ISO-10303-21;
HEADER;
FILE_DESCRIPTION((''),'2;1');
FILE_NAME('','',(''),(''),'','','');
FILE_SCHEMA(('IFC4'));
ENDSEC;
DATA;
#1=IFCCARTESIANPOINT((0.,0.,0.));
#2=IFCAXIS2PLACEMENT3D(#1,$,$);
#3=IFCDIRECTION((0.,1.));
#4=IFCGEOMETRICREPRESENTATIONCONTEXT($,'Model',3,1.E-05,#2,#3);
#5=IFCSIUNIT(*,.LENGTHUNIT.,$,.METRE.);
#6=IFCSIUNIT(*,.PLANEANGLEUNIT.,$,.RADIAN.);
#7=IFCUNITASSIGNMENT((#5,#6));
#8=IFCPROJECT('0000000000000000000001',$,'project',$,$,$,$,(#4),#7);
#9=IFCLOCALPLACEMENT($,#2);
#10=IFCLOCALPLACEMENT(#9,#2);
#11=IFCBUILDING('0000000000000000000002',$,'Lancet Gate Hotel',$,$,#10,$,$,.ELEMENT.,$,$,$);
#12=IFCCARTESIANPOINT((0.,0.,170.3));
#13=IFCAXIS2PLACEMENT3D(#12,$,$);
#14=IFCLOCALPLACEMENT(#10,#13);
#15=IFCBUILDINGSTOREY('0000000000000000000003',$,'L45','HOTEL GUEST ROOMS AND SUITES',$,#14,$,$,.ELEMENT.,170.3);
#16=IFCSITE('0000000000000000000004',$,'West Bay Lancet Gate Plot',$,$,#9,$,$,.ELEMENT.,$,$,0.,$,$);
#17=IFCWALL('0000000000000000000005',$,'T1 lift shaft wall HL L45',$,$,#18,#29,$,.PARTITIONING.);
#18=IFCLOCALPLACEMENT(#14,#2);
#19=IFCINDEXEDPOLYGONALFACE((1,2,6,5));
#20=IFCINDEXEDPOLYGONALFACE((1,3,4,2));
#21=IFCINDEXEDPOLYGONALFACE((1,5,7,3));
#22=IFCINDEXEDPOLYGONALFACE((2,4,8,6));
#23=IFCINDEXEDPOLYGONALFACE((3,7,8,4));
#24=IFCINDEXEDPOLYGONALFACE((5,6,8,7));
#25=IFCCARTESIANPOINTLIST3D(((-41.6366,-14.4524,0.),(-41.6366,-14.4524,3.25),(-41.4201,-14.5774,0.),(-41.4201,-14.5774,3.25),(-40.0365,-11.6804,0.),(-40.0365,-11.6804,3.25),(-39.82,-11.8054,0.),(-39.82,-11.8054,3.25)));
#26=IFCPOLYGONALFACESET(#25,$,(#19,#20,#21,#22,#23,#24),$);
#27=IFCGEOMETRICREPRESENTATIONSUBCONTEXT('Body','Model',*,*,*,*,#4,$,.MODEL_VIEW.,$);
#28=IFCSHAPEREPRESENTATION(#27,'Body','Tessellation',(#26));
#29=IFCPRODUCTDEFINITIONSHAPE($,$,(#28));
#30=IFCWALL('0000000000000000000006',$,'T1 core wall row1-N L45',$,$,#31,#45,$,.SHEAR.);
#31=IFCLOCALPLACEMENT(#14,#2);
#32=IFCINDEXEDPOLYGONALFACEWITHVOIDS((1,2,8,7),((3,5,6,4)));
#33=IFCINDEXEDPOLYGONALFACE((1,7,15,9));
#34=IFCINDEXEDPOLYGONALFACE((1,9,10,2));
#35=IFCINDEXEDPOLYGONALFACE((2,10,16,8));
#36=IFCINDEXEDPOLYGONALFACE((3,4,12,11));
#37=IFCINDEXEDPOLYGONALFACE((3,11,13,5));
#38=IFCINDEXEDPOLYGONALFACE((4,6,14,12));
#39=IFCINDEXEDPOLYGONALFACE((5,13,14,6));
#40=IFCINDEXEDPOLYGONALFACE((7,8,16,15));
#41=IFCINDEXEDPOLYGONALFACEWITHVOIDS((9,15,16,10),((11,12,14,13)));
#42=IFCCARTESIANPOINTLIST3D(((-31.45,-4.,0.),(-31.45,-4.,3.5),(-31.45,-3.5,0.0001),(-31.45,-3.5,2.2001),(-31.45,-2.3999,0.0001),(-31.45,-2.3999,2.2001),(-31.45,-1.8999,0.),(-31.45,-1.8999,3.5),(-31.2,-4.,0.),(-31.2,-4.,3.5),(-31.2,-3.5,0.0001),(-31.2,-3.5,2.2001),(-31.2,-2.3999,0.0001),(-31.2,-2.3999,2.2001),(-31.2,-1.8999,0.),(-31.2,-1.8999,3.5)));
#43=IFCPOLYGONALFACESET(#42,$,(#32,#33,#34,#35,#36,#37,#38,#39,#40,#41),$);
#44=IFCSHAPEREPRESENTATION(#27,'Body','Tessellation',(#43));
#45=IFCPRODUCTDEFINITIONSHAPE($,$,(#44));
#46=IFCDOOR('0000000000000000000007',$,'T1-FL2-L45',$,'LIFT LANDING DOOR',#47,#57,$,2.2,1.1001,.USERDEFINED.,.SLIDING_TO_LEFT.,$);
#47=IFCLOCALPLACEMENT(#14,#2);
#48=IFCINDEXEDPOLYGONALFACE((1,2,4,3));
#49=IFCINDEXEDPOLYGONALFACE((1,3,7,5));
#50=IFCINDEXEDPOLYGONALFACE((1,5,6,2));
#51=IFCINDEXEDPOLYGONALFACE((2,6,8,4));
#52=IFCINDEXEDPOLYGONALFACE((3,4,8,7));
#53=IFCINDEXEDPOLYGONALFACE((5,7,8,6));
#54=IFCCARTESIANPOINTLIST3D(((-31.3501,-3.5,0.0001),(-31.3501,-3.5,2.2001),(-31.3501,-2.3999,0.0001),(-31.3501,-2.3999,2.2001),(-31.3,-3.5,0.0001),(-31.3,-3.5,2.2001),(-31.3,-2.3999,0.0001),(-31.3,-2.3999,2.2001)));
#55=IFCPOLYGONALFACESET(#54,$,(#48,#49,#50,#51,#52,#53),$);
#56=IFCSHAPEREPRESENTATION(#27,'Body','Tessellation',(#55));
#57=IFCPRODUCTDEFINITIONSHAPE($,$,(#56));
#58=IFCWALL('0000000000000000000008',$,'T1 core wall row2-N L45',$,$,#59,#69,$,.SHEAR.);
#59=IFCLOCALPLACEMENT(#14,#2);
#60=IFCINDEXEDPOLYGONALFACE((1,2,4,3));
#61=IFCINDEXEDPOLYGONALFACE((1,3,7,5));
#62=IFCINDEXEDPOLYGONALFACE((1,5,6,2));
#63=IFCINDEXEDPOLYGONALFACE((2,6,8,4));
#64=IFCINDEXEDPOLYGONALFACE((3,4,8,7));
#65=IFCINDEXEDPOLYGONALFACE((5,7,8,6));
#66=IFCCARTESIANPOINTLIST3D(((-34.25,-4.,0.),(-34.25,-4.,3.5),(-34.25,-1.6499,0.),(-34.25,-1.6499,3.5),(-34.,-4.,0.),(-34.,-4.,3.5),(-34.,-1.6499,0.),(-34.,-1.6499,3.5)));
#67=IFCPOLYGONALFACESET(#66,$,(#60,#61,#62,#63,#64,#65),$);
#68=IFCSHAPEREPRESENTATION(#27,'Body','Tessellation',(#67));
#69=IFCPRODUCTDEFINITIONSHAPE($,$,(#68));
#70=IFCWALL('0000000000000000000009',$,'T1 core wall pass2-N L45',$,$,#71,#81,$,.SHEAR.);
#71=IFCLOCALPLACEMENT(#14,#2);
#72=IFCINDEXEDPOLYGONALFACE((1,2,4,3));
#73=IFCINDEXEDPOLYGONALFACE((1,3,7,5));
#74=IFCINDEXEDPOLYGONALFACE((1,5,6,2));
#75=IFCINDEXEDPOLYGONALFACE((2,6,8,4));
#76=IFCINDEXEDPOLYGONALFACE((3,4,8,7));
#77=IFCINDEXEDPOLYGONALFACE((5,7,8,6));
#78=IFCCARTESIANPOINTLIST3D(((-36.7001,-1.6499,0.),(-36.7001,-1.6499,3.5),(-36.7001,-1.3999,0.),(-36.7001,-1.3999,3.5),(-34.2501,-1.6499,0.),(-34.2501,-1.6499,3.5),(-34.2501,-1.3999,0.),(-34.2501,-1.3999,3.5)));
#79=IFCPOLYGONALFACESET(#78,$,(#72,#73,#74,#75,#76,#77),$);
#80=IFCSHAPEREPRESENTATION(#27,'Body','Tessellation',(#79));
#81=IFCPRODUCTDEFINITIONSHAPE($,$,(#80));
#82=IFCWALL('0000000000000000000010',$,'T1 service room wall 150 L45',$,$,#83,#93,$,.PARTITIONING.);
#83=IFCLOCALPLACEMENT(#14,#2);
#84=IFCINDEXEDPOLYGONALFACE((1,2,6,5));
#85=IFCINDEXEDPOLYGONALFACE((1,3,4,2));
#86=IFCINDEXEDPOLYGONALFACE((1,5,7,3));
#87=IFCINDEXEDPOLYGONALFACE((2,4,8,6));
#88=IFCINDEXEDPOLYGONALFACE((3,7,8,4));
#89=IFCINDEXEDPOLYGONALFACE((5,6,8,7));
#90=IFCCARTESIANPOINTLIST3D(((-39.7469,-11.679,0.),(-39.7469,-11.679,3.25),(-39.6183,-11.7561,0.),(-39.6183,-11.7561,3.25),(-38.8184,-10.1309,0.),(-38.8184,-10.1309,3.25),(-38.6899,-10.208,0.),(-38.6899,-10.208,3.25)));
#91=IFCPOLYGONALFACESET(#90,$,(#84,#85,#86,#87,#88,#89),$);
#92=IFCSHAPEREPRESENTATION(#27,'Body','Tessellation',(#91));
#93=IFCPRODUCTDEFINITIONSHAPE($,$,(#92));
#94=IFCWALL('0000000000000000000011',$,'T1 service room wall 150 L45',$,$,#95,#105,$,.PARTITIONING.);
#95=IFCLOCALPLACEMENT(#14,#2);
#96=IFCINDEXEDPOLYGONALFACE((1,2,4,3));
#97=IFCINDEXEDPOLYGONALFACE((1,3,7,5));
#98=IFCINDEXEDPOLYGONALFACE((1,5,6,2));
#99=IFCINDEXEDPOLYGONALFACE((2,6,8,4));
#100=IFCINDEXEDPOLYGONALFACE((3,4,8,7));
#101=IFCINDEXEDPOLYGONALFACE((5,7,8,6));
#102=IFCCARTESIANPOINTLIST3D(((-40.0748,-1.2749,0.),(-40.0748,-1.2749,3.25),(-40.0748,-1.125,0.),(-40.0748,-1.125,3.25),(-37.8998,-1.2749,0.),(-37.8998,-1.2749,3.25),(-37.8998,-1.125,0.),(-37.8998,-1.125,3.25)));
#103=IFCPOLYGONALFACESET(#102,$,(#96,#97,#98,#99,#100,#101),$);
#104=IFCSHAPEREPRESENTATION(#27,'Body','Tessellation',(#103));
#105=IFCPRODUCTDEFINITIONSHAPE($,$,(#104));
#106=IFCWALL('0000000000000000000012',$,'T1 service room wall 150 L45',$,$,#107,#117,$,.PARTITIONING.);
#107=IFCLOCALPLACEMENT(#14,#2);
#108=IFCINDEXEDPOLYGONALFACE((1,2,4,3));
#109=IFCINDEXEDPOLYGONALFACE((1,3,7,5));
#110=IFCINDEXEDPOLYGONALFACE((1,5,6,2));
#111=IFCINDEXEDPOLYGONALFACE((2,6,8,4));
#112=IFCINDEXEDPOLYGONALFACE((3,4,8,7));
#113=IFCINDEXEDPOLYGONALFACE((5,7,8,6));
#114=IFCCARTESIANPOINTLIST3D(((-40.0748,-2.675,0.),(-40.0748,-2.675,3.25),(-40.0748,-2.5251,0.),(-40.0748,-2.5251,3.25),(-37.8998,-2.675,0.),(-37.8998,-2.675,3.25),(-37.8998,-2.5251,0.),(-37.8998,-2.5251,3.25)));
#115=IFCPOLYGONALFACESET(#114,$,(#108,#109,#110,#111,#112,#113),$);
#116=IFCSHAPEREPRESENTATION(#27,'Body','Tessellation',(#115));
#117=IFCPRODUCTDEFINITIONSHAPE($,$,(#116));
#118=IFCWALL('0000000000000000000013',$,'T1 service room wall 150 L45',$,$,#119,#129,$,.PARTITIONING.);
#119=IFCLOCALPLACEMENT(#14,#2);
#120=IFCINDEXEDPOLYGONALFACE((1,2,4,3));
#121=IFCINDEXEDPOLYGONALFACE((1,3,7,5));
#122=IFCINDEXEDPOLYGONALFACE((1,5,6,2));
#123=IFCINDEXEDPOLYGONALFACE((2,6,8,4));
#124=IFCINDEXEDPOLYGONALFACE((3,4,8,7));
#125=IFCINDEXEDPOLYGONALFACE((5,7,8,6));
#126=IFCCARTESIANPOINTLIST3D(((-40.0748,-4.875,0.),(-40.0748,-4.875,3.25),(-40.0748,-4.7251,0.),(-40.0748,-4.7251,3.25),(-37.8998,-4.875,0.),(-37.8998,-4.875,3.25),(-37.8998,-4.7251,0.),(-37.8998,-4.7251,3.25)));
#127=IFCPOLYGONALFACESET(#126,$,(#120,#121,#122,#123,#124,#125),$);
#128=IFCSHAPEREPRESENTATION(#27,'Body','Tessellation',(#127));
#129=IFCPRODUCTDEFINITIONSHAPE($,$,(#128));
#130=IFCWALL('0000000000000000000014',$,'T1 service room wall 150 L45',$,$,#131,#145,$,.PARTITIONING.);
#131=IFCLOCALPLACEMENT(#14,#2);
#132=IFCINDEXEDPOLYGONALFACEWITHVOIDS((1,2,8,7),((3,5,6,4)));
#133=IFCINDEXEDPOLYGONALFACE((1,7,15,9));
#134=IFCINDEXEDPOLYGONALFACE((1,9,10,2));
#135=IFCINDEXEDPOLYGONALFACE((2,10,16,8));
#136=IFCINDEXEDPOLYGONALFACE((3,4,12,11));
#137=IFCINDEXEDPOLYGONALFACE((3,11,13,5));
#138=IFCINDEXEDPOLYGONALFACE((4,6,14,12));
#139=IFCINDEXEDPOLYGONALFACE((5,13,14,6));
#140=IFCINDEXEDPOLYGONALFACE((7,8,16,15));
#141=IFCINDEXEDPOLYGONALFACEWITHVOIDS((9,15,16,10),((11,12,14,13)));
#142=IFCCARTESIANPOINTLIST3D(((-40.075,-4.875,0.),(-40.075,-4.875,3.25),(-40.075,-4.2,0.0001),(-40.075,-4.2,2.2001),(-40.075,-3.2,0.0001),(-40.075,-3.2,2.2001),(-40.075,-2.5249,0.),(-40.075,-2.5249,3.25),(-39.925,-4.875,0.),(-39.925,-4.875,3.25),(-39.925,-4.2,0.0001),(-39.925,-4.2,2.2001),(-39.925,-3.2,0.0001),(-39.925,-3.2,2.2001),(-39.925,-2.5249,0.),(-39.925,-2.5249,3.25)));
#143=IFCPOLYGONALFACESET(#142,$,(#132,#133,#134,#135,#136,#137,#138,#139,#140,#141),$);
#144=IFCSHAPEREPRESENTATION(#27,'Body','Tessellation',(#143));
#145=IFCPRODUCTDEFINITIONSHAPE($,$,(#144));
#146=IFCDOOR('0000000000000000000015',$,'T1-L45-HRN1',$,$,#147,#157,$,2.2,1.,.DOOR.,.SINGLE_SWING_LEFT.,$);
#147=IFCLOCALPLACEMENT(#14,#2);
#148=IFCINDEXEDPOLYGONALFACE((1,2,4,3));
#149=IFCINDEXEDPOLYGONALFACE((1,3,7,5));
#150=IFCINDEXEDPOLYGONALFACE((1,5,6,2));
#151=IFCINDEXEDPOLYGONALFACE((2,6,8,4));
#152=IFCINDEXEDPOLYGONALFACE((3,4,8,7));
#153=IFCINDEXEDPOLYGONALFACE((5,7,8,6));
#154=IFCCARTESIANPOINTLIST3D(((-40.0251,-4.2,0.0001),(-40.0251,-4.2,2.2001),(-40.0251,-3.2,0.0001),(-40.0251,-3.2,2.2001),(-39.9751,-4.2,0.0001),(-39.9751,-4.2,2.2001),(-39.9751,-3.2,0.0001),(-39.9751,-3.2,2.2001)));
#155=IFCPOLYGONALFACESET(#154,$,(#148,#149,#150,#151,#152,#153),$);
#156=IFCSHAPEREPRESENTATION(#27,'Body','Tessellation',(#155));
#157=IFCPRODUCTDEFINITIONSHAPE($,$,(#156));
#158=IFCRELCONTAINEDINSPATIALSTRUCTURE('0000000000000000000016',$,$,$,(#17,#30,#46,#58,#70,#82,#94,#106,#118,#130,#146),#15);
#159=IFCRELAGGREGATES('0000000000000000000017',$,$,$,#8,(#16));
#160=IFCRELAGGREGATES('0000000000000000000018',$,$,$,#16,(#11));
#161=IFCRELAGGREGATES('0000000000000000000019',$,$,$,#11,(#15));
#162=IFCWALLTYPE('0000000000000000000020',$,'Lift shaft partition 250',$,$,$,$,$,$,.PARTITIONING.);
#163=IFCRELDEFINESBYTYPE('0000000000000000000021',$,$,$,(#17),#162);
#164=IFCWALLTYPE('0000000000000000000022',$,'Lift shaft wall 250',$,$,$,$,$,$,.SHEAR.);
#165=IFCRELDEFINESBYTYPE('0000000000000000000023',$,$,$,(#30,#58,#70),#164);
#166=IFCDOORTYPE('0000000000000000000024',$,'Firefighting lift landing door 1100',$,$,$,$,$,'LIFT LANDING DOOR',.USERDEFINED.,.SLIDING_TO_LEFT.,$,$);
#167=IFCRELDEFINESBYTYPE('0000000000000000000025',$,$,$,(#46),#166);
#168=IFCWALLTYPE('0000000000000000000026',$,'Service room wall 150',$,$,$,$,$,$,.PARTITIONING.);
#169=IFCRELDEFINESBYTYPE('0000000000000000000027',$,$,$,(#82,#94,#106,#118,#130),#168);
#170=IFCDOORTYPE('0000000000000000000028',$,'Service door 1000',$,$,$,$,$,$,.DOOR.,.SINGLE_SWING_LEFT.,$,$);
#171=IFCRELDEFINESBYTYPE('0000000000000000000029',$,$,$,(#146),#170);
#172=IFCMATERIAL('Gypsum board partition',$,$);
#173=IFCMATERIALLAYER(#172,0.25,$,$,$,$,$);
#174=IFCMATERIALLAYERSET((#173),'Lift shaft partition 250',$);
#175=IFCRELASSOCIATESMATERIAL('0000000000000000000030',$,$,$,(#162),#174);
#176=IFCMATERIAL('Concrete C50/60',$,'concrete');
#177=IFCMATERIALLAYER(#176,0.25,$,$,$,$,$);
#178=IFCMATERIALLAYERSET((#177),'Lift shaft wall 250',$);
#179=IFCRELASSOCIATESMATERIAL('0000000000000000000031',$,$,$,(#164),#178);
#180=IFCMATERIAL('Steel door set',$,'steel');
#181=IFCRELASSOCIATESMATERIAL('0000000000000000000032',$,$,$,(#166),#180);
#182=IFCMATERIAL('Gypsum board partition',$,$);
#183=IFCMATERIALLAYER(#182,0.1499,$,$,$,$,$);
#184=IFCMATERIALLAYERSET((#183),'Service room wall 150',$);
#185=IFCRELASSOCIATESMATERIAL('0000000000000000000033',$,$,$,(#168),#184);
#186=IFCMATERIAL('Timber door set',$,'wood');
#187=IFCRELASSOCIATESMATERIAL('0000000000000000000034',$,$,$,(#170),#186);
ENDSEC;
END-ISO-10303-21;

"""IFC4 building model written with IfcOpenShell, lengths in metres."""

from ifc_helpers import new_model, si_unit, direction, frame, frame_2d, origin, place, context, subcontext, project, spatial, rectangle, extrude, material, layer, layer_set, type_object, element, fill, save


model = new_model("IFC4")

# Units and contexts
model_context = context("Model", 3, precision=1e-05, world=origin(), true_north=direction((0.0, 1.0)))
body_context = subcontext(model_context, "Body", "Model", "MODEL_VIEW")
ifc_project = project(units=[si_unit("LENGTHUNIT", "METRE"), si_unit("PLANEANGLEUNIT", "RADIAN")], contexts=[model_context])

# Site, building, storey
site_placement = place(None, origin())
site = spatial("IfcSite", under=ifc_project, at=site_placement, Name="West Bay Lancet Gate Plot", CompositionType="ELEMENT", RefElevation=0.0)
building_placement = place(site_placement, origin())
building = spatial("IfcBuilding", under=site, at=building_placement, Name="Lancet Gate Hotel", CompositionType="ELEMENT")
storey_placement = place(building_placement, frame((0.0, 0.0, 170.3)))
storey = spatial("IfcBuildingStorey", under=building, at=storey_placement, Name="L45", Description="HOTEL GUEST ROOMS AND SUITES", CompositionType="ELEMENT", Elevation=170.3)

# Shared definitions
ifc_material_1 = material(Name="Gypsum board partition")
ifc_layer_1 = layer(ifc_material_1, 0.25)
ifc_layer_set_1 = layer_set([ifc_layer_1], Name="Lift shaft partition 250")
wall_type_1 = type_object("IfcWallType", Name="Lift shaft partition 250", PredefinedType="PARTITIONING", material=ifc_layer_set_1)

# Wall
wall_1_placement = place(storey_placement, frame((-39.9282, -11.7429, 0.0), z_axis=(0.0, 0.0, 1.0), x_axis=(-0.499929, -0.866066, 0.0)))
element("IfcWall", 1, at=wall_1_placement, inside=storey, type_object=wall_type_1, Name="T1 lift shaft wall HL L45", PredefinedType="PARTITIONING", context=body_context, shape_type="SweptSolid", body=[
    extrude(rectangle(XDim=3.2007, YDim=0.25, at=frame_2d((1.6003, 0.0))), origin(), (0.0, 0.0, 1.0), 3.25),
])

# Wall, opening, door
ifc_material_2 = material(Name="Concrete C50/60", Category="concrete")
ifc_layer_2 = layer(ifc_material_2, 0.25)
ifc_layer_set_2 = layer_set([ifc_layer_2], Name="Lift shaft wall 250")
wall_type_2 = type_object("IfcWallType", Name="Lift shaft wall 250", PredefinedType="SHEAR", material=ifc_layer_set_2)
wall_2_placement = place(storey_placement, frame((-31.325, -1.8999, 0.0), z_axis=(0.0, 0.0, 1.0), x_axis=(0.0, -1.0, 0.0)))
wall_2 = element("IfcWall", 2, at=wall_2_placement, inside=storey, type_object=wall_type_2, Name="T1 core wall row1-N L45", PredefinedType="SHEAR", context=body_context, shape_type="SweptSolid", body=[
    extrude(rectangle(XDim=2.1001, YDim=0.25, at=frame_2d((1.05, 0.0))), origin(), (0.0, 0.0, 1.0), 3.5),
])
opening_1_placement = place(wall_2_placement, frame((0.5, 0.0, 0.0)))
opening_1 = element("IfcOpeningElement", 3, at=opening_1_placement, cuts=wall_2, PredefinedType="OPENING", context=body_context, shape_type="SweptSolid", body=[
    extrude(rectangle(XDim=1.1001, YDim=2.2, at=frame_2d((0.55, 1.1001))), frame((0.0, 0.135, 0.0), z_axis=(0.0, -1.0, 0.0), x_axis=(1.0, 0.0, 0.0)), (0.0, 0.0, 1.0), 0.27),
])
ifc_material_3 = material(Name="Steel door set", Category="steel")
door_type_1 = type_object("IfcDoorType", Name="Firefighting lift landing door 1100", ElementType="LIFT LANDING DOOR", OperationType="SLIDING_TO_LEFT", PredefinedType="USERDEFINED", material=ifc_material_3)
door_1_placement = place(opening_1_placement, origin())
door_1 = element("IfcDoor", 4, at=door_1_placement, inside=storey, type_object=door_type_1, Name="T1-FL2-L45", ObjectType="LIFT LANDING DOOR", OperationType="SLIDING_TO_LEFT", OverallHeight=2.2, OverallWidth=1.1001, PredefinedType="USERDEFINED", context=body_context, shape_type="SweptSolid", body=[
    extrude(rectangle(XDim=1.1001, YDim=2.2, at=frame_2d((0.55, 1.1001))), frame((0.0, 0.0249, 0.0), z_axis=(0.0, -1.0, 0.0), x_axis=(1.0, 0.0, 0.0)), (0.0, 0.0, 1.0), 0.05),
])
fill(opening_1, door_1)

# Walls
wall_3_placement = place(storey_placement, frame((-34.125, -1.6499, 0.0), z_axis=(0.0, 0.0, 1.0), x_axis=(0.0, -1.0, 0.0)))
element("IfcWall", 5, at=wall_3_placement, inside=storey, type_object=wall_type_2, Name="T1 core wall row2-N L45", PredefinedType="SHEAR", context=body_context, shape_type="SweptSolid", body=[
    extrude(rectangle(XDim=2.3501, YDim=0.25, at=frame_2d((1.175, 0.0))), origin(), (0.0, 0.0, 1.0), 3.5),
])
wall_4_placement = place(storey_placement, frame((-34.25, -1.5249, 0.0), z_axis=(0.0, 0.0, 1.0), x_axis=(-1.0, 0.0, 0.0)))
element("IfcWall", 6, at=wall_4_placement, inside=storey, type_object=wall_type_2, Name="T1 core wall pass2-N L45", PredefinedType="SHEAR", context=body_context, shape_type="SweptSolid", body=[
    extrude(rectangle(XDim=2.45, YDim=0.25, at=frame_2d((1.2251, 0.0))), origin(), (0.0, 0.0, 1.0), 3.5),
])
ifc_material_4 = material(Name="Gypsum board partition")
ifc_layer_3 = layer(ifc_material_4, 0.1499)
ifc_layer_set_3 = layer_set([ifc_layer_3], Name="Service room wall 150")
wall_type_3 = type_object("IfcWallType", Name="Service room wall 150", PredefinedType="PARTITIONING", material=ifc_layer_set_3)
wall_5_placement = place(storey_placement, frame((-39.6826, -11.7175, 0.0), z_axis=(0.0, 0.0, 1.0), x_axis=(0.514337, 0.857588, 0.0)))
element("IfcWall", 7, at=wall_5_placement, inside=storey, type_object=wall_type_3, Name="T1 service room wall 150 L45", PredefinedType="PARTITIONING", context=body_context, shape_type="SweptSolid", body=[
    extrude(rectangle(XDim=1.8052, YDim=0.1499, at=frame_2d((0.9026, 0.0))), origin(), (0.0, 0.0, 1.0), 3.25),
])
for number, where, z_axis, x_axis, name in (
    (8, (-37.8999, -1.2, 0.0), (0.0, 0.0, 1.0), (-1.0, 0.0, 0.0), "T1 service room wall 150 L45"),
    (9, (-37.8999, -2.6001, 0.0), (0.0, 0.0, 1.0), (-1.0, 0.0, 0.0), "T1 service room wall 150 L45"),
    (10, (-37.8999, -4.8, 0.0), (0.0, 0.0, 1.0), (-1.0, 0.0, 0.0), "T1 service room wall 150 L45"),
):
    element("IfcWall", number, at=place(storey_placement, frame(where, z_axis=z_axis, x_axis=x_axis)), inside=storey, type_object=wall_type_3, Name=name, PredefinedType="PARTITIONING", context=body_context, shape_type="SweptSolid", body=[
        extrude(rectangle(XDim=2.175, YDim=0.1499, at=frame_2d((1.0874, 0.0))), origin(), (0.0, 0.0, 1.0), 3.25),
    ])

# Wall, opening, door
wall_6_placement = place(storey_placement, frame((-40.0, -2.5249, 0.0), z_axis=(0.0, 0.0, 1.0), x_axis=(0.0, -1.0, 0.0)))
wall_6 = element("IfcWall", 11, at=wall_6_placement, inside=storey, type_object=wall_type_3, Name="T1 service room wall 150 L45", PredefinedType="PARTITIONING", context=body_context, shape_type="SweptSolid", body=[
    extrude(rectangle(XDim=2.3501, YDim=0.1499, at=frame_2d((1.175, 0.0))), origin(), (0.0, 0.0, 1.0), 3.25),
])
opening_2_placement = place(wall_6_placement, frame((0.675, 0.0, 0.0)))
opening_2 = element("IfcOpeningElement", 12, at=opening_2_placement, cuts=wall_6, PredefinedType="OPENING", context=body_context, shape_type="SweptSolid", body=[
    extrude(rectangle(XDim=1.0, YDim=2.2, at=frame_2d((0.5, 1.1001))), frame((0.0, 0.085, 0.0), z_axis=(0.0, -1.0, 0.0), x_axis=(1.0, 0.0, 0.0)), (0.0, 0.0, 1.0), 0.1699),
])
ifc_material_5 = material(Name="Timber door set", Category="wood")
door_type_2 = type_object("IfcDoorType", Name="Service door 1000", OperationType="SINGLE_SWING_LEFT", PredefinedType="DOOR", material=ifc_material_5)
door_2_placement = place(opening_2_placement, origin())
door_2 = element("IfcDoor", 13, at=door_2_placement, inside=storey, type_object=door_type_2, Name="T1-L45-HRN1", OperationType="SINGLE_SWING_LEFT", OverallHeight=2.2, OverallWidth=1.0, PredefinedType="DOOR", context=body_context, shape_type="SweptSolid", body=[
    extrude(rectangle(XDim=1.0, YDim=2.2, at=frame_2d((0.5, 1.1001))), frame((0.0, 0.0249, 0.0), z_axis=(0.0, -1.0, 0.0), x_axis=(1.0, 0.0, 0.0)), (0.0, 0.0, 1.0), 0.05),
])
fill(opening_2, door_2)

save(model, "model.ifc")
